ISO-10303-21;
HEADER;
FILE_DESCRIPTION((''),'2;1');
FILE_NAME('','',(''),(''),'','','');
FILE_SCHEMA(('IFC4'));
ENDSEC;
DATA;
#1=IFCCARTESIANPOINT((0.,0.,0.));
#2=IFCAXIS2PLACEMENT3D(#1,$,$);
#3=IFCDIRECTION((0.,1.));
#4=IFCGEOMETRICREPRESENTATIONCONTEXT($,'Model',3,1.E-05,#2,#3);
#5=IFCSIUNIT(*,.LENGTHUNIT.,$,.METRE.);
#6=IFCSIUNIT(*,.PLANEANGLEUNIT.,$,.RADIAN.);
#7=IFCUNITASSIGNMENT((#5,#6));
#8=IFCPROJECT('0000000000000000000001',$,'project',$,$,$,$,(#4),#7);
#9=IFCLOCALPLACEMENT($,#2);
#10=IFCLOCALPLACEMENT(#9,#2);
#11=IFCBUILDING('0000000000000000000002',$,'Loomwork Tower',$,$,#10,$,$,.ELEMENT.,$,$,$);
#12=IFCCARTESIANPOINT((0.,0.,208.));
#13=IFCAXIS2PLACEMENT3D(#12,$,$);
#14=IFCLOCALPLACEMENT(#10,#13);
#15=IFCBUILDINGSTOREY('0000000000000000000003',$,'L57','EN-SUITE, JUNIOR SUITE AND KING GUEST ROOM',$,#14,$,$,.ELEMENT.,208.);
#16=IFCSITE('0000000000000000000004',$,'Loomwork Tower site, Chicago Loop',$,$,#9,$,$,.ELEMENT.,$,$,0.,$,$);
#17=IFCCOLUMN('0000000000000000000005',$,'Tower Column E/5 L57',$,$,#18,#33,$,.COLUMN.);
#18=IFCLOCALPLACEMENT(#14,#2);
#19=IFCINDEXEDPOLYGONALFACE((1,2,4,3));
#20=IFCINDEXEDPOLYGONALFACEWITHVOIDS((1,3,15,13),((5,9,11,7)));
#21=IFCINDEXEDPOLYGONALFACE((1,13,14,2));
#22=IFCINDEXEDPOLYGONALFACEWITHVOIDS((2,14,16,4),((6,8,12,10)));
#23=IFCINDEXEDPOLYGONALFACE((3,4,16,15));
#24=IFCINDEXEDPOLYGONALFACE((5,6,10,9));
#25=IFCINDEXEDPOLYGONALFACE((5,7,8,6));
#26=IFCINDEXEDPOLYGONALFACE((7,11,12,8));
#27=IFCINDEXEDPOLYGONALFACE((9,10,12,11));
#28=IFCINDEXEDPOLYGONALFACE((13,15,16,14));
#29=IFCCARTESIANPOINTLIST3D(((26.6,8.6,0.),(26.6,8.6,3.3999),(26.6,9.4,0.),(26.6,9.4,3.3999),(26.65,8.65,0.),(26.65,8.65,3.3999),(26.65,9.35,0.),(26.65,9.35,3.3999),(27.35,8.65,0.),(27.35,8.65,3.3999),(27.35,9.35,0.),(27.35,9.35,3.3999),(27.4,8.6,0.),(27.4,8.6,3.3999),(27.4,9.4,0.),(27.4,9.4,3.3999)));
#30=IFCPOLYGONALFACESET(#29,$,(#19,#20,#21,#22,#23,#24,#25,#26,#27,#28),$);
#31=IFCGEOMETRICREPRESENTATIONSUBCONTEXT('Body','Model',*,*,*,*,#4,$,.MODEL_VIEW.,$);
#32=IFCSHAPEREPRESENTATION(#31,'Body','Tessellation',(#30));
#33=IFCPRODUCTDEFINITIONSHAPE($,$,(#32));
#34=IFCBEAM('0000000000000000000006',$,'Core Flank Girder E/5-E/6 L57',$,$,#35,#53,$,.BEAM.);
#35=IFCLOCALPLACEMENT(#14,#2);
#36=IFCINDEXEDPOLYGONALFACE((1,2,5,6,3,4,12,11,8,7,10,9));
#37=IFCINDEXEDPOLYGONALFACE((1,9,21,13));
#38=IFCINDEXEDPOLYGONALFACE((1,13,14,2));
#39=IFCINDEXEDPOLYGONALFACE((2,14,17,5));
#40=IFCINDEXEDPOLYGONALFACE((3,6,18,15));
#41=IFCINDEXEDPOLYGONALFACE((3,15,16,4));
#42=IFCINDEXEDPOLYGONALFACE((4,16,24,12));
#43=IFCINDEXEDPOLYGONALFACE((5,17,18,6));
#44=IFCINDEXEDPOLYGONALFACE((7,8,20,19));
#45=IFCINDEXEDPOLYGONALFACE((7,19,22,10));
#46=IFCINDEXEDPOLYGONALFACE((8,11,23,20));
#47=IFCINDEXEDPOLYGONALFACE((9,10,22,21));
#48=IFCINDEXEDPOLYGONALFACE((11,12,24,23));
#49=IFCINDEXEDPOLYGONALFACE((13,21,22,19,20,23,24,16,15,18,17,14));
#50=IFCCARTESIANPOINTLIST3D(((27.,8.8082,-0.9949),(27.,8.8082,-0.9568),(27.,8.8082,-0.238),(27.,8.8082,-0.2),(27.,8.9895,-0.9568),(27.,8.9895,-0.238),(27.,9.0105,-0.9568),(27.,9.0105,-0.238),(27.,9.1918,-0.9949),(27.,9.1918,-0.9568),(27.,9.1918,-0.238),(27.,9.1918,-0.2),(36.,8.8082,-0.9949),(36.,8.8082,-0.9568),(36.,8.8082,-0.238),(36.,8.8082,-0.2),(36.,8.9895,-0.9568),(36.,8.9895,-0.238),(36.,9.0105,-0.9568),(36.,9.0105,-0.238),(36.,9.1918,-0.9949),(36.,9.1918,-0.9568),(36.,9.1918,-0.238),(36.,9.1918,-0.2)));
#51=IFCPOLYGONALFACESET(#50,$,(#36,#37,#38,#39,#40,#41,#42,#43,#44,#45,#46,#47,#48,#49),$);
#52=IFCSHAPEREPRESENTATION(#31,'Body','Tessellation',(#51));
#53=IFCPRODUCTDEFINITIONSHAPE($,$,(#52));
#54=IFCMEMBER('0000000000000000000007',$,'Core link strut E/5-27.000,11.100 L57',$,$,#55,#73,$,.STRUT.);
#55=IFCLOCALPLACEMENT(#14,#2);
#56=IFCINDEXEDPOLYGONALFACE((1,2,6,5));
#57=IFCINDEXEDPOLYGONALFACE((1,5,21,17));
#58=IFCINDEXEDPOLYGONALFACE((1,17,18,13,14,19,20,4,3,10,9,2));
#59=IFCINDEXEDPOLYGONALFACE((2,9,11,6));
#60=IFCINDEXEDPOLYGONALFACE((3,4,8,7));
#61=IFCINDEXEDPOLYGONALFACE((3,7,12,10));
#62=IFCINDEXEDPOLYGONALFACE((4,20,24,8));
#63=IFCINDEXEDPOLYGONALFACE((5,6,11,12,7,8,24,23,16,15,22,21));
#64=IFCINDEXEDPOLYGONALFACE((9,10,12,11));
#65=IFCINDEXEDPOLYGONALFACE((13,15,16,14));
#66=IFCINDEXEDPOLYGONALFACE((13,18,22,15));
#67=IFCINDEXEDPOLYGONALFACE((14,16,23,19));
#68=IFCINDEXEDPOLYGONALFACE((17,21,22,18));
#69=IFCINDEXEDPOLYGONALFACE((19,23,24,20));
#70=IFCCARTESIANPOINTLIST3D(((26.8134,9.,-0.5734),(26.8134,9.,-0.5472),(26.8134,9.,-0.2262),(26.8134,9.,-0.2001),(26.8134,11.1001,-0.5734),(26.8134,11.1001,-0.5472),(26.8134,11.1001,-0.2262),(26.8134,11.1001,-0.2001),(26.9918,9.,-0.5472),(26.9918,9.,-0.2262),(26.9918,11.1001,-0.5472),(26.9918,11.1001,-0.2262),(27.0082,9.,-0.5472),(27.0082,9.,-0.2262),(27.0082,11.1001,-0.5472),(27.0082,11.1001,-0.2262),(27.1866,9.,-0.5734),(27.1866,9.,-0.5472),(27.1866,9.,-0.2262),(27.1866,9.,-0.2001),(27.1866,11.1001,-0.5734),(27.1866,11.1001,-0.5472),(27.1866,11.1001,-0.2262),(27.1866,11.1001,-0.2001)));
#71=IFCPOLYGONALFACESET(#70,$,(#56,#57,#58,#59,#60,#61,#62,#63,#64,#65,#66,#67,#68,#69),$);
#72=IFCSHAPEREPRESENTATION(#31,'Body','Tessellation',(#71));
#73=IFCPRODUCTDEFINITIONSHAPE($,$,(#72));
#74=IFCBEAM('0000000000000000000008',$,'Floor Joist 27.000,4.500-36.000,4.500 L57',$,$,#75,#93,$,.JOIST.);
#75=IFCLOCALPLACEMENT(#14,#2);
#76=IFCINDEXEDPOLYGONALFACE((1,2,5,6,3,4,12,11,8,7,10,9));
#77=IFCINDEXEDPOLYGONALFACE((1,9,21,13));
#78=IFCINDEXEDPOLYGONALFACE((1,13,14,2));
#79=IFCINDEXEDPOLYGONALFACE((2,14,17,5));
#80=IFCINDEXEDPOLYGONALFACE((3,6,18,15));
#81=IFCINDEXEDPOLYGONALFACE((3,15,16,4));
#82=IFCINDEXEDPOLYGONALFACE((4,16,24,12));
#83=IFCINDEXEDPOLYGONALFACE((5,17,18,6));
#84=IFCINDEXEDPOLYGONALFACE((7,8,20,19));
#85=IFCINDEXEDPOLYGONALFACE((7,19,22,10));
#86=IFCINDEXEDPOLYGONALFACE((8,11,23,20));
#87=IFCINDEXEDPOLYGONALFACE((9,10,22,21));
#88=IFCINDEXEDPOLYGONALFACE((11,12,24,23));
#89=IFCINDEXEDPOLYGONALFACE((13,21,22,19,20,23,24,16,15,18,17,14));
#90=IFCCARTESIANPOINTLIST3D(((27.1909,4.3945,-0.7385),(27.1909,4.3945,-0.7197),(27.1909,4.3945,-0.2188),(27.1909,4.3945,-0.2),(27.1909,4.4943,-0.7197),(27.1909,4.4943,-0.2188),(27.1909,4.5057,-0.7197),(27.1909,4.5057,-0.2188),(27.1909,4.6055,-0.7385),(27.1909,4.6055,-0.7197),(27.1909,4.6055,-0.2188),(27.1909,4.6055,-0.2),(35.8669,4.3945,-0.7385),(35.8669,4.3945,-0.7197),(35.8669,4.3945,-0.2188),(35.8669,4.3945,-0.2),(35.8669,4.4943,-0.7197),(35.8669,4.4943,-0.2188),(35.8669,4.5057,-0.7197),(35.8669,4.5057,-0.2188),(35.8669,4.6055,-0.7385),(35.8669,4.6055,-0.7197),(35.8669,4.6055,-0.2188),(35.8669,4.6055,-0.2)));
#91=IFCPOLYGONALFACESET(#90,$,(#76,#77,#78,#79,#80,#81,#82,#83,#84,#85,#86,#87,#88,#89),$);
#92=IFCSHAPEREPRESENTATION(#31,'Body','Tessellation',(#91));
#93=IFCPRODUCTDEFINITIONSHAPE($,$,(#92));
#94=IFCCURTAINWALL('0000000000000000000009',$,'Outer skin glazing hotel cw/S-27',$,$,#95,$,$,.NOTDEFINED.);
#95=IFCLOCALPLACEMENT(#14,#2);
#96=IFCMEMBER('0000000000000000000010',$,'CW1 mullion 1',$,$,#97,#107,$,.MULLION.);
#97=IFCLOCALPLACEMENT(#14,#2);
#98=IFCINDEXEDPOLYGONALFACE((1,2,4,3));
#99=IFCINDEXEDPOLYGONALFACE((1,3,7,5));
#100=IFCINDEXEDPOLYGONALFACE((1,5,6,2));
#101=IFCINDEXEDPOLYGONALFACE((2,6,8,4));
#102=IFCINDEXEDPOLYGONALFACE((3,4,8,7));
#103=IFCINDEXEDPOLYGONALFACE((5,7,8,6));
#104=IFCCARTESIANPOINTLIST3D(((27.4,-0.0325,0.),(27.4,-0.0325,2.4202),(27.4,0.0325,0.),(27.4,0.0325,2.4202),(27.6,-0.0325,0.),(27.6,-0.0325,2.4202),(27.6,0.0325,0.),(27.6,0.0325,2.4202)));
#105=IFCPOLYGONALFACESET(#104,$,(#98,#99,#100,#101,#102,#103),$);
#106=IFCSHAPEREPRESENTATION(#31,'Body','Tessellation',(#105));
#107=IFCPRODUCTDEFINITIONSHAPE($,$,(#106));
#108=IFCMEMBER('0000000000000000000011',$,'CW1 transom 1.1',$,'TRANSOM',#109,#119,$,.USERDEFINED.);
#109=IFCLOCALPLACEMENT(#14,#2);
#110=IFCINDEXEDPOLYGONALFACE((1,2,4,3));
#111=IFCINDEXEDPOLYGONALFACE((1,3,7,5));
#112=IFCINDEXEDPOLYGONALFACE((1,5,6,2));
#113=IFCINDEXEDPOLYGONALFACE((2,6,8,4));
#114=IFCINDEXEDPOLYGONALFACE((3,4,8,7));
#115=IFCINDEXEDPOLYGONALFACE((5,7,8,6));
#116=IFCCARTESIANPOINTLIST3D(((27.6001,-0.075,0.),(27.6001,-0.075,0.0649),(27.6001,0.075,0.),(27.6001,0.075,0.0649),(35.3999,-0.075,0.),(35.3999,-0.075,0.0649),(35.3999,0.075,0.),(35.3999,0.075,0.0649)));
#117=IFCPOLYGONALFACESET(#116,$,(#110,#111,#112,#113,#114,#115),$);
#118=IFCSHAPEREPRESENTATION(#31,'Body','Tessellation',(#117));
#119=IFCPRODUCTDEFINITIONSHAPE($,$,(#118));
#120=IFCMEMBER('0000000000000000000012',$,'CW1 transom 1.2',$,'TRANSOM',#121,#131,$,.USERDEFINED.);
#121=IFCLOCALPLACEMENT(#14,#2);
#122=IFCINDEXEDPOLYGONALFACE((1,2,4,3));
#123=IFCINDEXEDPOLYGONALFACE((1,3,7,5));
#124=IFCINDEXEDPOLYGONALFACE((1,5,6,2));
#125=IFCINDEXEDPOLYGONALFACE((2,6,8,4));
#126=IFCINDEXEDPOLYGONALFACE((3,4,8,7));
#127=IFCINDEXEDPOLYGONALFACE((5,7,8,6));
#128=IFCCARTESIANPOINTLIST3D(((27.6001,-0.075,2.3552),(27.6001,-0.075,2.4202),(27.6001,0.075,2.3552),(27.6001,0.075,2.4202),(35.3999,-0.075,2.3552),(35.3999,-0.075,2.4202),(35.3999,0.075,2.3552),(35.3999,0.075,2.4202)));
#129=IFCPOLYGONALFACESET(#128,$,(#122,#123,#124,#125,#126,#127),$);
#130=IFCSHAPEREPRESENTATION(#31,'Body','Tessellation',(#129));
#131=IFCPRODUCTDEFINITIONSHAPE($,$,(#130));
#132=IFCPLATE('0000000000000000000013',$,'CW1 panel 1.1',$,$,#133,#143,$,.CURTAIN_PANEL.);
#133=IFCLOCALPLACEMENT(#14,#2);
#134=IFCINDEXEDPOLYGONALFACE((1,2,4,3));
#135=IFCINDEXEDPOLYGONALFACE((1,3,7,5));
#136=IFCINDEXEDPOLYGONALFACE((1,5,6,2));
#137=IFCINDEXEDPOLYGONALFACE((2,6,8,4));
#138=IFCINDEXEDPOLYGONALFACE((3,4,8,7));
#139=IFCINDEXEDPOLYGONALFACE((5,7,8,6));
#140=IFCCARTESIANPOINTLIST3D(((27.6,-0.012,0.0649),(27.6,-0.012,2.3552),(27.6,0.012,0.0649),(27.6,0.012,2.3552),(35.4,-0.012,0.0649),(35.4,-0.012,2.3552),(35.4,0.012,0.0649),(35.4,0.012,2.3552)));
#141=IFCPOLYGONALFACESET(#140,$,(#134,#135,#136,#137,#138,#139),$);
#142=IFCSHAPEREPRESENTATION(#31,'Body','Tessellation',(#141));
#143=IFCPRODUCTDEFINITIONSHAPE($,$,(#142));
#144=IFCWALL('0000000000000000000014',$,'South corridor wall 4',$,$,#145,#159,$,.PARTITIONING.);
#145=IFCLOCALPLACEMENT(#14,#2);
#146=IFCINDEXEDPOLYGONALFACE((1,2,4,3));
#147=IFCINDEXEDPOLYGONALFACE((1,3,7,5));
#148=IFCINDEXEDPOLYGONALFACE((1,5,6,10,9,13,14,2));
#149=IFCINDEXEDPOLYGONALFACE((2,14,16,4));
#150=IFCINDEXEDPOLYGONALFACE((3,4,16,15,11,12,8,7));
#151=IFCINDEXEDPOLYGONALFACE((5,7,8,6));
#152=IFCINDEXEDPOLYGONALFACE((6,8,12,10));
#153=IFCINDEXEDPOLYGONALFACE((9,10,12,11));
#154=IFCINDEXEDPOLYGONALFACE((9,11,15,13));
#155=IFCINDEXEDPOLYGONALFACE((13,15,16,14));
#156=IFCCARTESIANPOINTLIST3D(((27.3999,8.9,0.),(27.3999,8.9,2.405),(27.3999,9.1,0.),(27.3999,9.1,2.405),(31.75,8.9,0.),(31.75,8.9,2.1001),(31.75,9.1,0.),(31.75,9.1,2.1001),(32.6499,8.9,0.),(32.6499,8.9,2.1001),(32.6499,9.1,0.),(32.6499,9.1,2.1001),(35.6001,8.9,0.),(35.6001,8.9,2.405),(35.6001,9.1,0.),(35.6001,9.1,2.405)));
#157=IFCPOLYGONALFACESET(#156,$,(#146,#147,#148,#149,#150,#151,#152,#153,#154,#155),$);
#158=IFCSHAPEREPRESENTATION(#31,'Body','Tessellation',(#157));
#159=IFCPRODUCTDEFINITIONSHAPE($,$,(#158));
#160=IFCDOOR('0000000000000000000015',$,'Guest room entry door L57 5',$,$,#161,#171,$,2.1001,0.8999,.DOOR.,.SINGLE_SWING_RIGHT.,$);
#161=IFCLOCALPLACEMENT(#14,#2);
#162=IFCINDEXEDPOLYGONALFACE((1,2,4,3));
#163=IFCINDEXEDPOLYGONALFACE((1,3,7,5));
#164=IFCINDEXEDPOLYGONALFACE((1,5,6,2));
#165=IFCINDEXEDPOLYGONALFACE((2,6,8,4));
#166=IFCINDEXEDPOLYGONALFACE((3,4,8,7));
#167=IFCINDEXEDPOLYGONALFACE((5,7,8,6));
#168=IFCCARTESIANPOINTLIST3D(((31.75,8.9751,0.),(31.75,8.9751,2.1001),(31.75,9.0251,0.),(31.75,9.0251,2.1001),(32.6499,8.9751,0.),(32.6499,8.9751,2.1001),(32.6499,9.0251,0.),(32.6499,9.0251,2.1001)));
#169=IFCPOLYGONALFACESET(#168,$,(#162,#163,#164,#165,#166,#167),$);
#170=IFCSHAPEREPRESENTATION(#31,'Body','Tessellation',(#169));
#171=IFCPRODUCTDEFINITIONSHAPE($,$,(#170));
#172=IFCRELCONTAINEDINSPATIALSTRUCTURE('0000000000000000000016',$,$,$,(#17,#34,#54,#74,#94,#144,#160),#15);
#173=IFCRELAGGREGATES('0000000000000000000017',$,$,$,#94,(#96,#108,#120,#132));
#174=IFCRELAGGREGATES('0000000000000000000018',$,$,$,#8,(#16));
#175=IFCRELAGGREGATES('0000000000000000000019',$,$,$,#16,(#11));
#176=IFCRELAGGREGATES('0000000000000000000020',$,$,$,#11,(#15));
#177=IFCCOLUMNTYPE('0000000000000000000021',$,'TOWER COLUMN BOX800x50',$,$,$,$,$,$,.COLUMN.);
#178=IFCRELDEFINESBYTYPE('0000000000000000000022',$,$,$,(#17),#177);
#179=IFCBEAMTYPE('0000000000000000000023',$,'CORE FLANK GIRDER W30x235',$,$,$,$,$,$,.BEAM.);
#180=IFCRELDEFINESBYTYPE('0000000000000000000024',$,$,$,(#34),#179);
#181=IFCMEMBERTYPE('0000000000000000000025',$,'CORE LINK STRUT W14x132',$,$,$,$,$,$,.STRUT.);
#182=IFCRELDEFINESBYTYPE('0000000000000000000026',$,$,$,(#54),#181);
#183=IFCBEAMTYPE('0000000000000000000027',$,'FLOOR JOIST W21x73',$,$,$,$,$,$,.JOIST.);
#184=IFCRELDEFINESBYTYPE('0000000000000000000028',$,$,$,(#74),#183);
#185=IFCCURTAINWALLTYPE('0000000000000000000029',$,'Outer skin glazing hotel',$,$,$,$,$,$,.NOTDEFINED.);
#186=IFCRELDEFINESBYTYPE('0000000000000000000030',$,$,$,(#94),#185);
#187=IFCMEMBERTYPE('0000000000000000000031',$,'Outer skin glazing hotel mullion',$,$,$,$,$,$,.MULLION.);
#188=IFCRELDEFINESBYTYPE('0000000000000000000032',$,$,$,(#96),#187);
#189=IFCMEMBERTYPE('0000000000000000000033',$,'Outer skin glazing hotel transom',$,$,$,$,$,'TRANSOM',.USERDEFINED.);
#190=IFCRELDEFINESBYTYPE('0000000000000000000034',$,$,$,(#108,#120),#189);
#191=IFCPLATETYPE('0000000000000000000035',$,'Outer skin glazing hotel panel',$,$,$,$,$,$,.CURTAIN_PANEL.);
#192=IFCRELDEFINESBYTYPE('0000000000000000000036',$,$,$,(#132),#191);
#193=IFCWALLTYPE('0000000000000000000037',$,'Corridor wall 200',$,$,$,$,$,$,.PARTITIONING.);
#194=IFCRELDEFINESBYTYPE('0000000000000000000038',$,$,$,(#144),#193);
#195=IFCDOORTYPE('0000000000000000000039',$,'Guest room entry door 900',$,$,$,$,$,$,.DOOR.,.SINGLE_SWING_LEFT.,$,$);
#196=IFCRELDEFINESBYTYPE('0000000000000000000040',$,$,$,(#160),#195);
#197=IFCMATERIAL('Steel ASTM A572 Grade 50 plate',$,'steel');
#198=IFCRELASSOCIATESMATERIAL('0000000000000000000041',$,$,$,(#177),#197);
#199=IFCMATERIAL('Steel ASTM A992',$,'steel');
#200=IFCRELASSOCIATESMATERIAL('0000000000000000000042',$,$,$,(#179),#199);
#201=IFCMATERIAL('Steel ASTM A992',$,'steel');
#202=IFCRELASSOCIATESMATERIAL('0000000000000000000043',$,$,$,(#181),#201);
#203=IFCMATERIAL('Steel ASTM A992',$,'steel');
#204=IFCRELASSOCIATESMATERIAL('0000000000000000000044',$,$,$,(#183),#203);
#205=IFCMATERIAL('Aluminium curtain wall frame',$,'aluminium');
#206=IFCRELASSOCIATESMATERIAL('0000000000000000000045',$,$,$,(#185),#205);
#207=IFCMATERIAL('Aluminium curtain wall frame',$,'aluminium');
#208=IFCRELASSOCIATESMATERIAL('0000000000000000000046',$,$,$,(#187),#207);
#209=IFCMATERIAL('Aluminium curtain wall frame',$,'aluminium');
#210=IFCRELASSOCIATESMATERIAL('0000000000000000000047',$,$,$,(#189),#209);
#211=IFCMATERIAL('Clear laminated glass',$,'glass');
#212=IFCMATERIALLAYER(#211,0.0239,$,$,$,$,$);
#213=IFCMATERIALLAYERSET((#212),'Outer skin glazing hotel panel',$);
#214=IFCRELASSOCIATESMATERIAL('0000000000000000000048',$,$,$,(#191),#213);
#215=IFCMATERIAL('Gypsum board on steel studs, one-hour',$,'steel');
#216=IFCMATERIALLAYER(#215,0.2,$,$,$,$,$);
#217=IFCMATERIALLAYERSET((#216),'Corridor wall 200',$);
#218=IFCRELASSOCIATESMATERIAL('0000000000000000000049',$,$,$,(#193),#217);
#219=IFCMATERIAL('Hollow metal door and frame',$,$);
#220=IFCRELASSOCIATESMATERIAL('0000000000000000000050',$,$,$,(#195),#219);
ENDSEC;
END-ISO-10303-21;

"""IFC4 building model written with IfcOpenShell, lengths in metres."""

from ifc_helpers import new_model, si_unit, direction, frame, frame_2d, origin, origin_2d, place, context, subcontext, project, spatial, rectangle, hollow_rectangle, i_section, extrude, material, layer, layer_set, material_profile, profile_set, type_object, element, fill, aggregate, save


model = new_model("IFC4")

# Units and contexts
model_context = context("Model", 3, precision=1e-05, world=origin(), true_north=direction((0.0, 1.0)))
body_context = subcontext(model_context, "Body", "Model", "MODEL_VIEW")
ifc_project = project(units=[si_unit("LENGTHUNIT", "METRE"), si_unit("PLANEANGLEUNIT", "RADIAN")], contexts=[model_context])

# Site, building, storey
site_placement = place(None, origin())
site = spatial("IfcSite", under=ifc_project, at=site_placement, Name="Loomwork Tower site, Chicago Loop", CompositionType="ELEMENT", RefElevation=0.0)
building_placement = place(site_placement, origin())
building = spatial("IfcBuilding", under=site, at=building_placement, Name="Loomwork Tower", CompositionType="ELEMENT")
storey_placement = place(building_placement, frame((0.0, 0.0, 208.0)))
storey = spatial("IfcBuildingStorey", under=building, at=storey_placement, Name="L57", Description="EN-SUITE, JUNIOR SUITE AND KING GUEST ROOM", CompositionType="ELEMENT", Elevation=208.0)

# Column
ifc_material_1 = material(Name="Steel ASTM A572 Grade 50 plate", Category="steel")
ifc_material_profile_1 = material_profile(ifc_material_1, hollow_rectangle(XDim=0.8, YDim=0.8, WallThickness=0.05, at=origin_2d()), Name="BOX800x50")
ifc_profile_set_1 = profile_set([ifc_material_profile_1], Name="Steel ASTM A572 Grade 50 plate")
column_type = type_object("IfcColumnType", Name="TOWER COLUMN BOX800x50", PredefinedType="COLUMN", material=ifc_profile_set_1)
column_placement = place(storey_placement, frame((27.0, 9.0, 0.0), z_axis=(0.0, 0.0, 1.0), x_axis=(1.0, 0.0, 0.0)))
element("IfcColumn", 1, at=column_placement, inside=storey, type_object=column_type, Name="Tower Column E/5 L57", PredefinedType="COLUMN", context=body_context, shape_type="SweptSolid", body=[
    extrude(hollow_rectangle(XDim=0.8, YDim=0.8, WallThickness=0.05, at=origin_2d()), origin(), (0.0, 0.0, 1.0), 3.3999),
])

# Beam
ifc_material_2 = material(Name="Steel ASTM A992", Category="steel")
ifc_material_profile_2 = material_profile(ifc_material_2, i_section(OverallWidth=0.3835, OverallDepth=0.7949, WebThickness=0.021, FlangeThickness=0.0381, at=origin_2d()), Name="W30x235")
ifc_profile_set_2 = profile_set([ifc_material_profile_2], Name="Steel ASTM A992")
beam_type_1 = type_object("IfcBeamType", Name="CORE FLANK GIRDER W30x235", PredefinedType="BEAM", material=ifc_profile_set_2)
beam_1_placement = place(storey_placement, frame((27.0, 9.0, -0.5974), z_axis=(1.0, 0.0, 0.0), x_axis=(0.0, 1.0, 0.0)))
element("IfcBeam", 2, at=beam_1_placement, inside=storey, type_object=beam_type_1, Name="Core Flank Girder E/5-E/6 L57", PredefinedType="BEAM", context=body_context, shape_type="SweptSolid", body=[
    extrude(i_section(OverallWidth=0.3835, OverallDepth=0.7949, WebThickness=0.021, FlangeThickness=0.0381, at=origin_2d()), origin(), (0.0, 0.0, 1.0), 9.0),
])

# Member
ifc_material_3 = material(Name="Steel ASTM A992", Category="steel")
ifc_material_profile_3 = material_profile(ifc_material_3, i_section(OverallWidth=0.3733, OverallDepth=0.3733, WebThickness=0.0164, FlangeThickness=0.0261, at=origin_2d()), Name="W14x132")
ifc_profile_set_3 = profile_set([ifc_material_profile_3], Name="Steel ASTM A992")
member_type_1 = type_object("IfcMemberType", Name="CORE LINK STRUT W14x132", PredefinedType="STRUT", material=ifc_profile_set_3)
member_1_placement = place(storey_placement, frame((27.0, 9.0, -0.3867), z_axis=(0.0, 1.0, 0.0), x_axis=(-1.0, 0.0, 0.0)))
element("IfcMember", 3, at=member_1_placement, inside=storey, type_object=member_type_1, Name="Core link strut E/5-27.000,11.100 L57", PredefinedType="STRUT", context=body_context, shape_type="SweptSolid", body=[
    extrude(i_section(OverallWidth=0.3733, OverallDepth=0.3733, WebThickness=0.0164, FlangeThickness=0.0261, at=origin_2d()), origin(), (0.0, 0.0, 1.0), 2.1001),
])

# Beam
ifc_material_4 = material(Name="Steel ASTM A992", Category="steel")
ifc_material_profile_4 = material_profile(ifc_material_4, i_section(OverallWidth=0.2109, OverallDepth=0.5386, WebThickness=0.0115, FlangeThickness=0.0188, at=origin_2d()), Name="W21x73")
ifc_profile_set_4 = profile_set([ifc_material_profile_4], Name="Steel ASTM A992")
beam_type_2 = type_object("IfcBeamType", Name="FLOOR JOIST W21x73", PredefinedType="JOIST", material=ifc_profile_set_4)
beam_2_placement = place(storey_placement, frame((27.1909, 4.5, -0.4692), z_axis=(1.0, 0.0, 0.0), x_axis=(0.0, 1.0, 0.0)))
element("IfcBeam", 4, at=beam_2_placement, inside=storey, type_object=beam_type_2, Name="Floor Joist 27.000,4.500-36.000,4.500 L57", PredefinedType="JOIST", context=body_context, shape_type="SweptSolid", body=[
    extrude(i_section(OverallWidth=0.2109, OverallDepth=0.5386, WebThickness=0.0115, FlangeThickness=0.0188, at=origin_2d()), origin(), (0.0, 0.0, 1.0), 8.676),
])

# Curtain wall, members, plate
ifc_material_5 = material(Name="Aluminium curtain wall frame", Category="aluminium")
curtain_wall_type = type_object("IfcCurtainWallType", Name="Outer skin glazing hotel", PredefinedType="NOTDEFINED", material=ifc_material_5)
curtain_wall_placement = place(storey_placement, origin())
curtain_wall = element("IfcCurtainWall", 5, at=curtain_wall_placement, inside=storey, type_object=curtain_wall_type, Name="Outer skin glazing hotel cw/S-27", PredefinedType="NOTDEFINED")
ifc_material_6 = material(Name="Aluminium curtain wall frame", Category="aluminium")
ifc_material_profile_5 = material_profile(ifc_material_6, rectangle(XDim=0.0649, YDim=0.2, at=origin_2d()), Name="AL 65x200")
ifc_profile_set_5 = profile_set([ifc_material_profile_5], Name="Aluminium curtain wall frame")
member_type_2 = type_object("IfcMemberType", Name="Outer skin glazing hotel mullion", PredefinedType="MULLION", material=ifc_profile_set_5)
member_2_placement = place(storey_placement, frame((27.5, 0.0, 0.0), z_axis=(0.0, 0.0, 1.0), x_axis=(0.0, 1.0, 0.0)))
member_2 = element("IfcMember", 6, at=member_2_placement, type_object=member_type_2, Name="CW1 mullion 1", PredefinedType="MULLION", context=body_context, shape_type="SweptSolid", body=[
    extrude(rectangle(XDim=0.0649, YDim=0.2, at=origin_2d()), origin(), (0.0, 0.0, 1.0), 2.4202),
])
ifc_material_7 = material(Name="Aluminium curtain wall frame", Category="aluminium")
ifc_material_profile_6 = material_profile(ifc_material_7, rectangle(XDim=0.1499, YDim=0.0649, at=origin_2d()), Name="AL 65x150")
ifc_profile_set_6 = profile_set([ifc_material_profile_6], Name="Aluminium curtain wall frame")
member_type_3 = type_object("IfcMemberType", Name="Outer skin glazing hotel transom", ElementType="TRANSOM", PredefinedType="USERDEFINED", material=ifc_profile_set_6)
member_3_placement = place(storey_placement, frame((27.6001, 0.0, 0.0325), z_axis=(1.0, 0.0, 0.0), x_axis=(0.0, 1.0, 0.0)))
member_3 = element("IfcMember", 7, at=member_3_placement, type_object=member_type_3, Name="CW1 transom 1.1", ObjectType="TRANSOM", PredefinedType="USERDEFINED", context=body_context, shape_type="SweptSolid", body=[
    extrude(rectangle(XDim=0.1499, YDim=0.0649, at=origin_2d()), origin(), (0.0, 0.0, 1.0), 7.7998),
])
member_4_placement = place(storey_placement, frame((27.6001, 0.0, 2.3877), z_axis=(1.0, 0.0, 0.0), x_axis=(0.0, 1.0, 0.0)))
member_4 = element("IfcMember", 8, at=member_4_placement, type_object=member_type_3, Name="CW1 transom 1.2", ObjectType="TRANSOM", PredefinedType="USERDEFINED", context=body_context, shape_type="SweptSolid", body=[
    extrude(rectangle(XDim=0.1499, YDim=0.0649, at=origin_2d()), origin(), (0.0, 0.0, 1.0), 7.7998),
])
ifc_material_8 = material(Name="Clear laminated glass", Category="glass")
ifc_layer_1 = layer(ifc_material_8, 0.0239)
ifc_layer_set_1 = layer_set([ifc_layer_1], Name="Outer skin glazing hotel panel")
plate_type = type_object("IfcPlateType", Name="Outer skin glazing hotel panel", PredefinedType="CURTAIN_PANEL", material=ifc_layer_set_1)
plate_placement = place(storey_placement, frame((31.5, 0.0, 0.0649), z_axis=(0.0, 0.0, 1.0), x_axis=(1.0, 0.0, 0.0)))
plate = element("IfcPlate", 9, at=plate_placement, type_object=plate_type, Name="CW1 panel 1.1", PredefinedType="CURTAIN_PANEL", context=body_context, shape_type="SweptSolid", body=[
    extrude(rectangle(XDim=7.8, YDim=0.0239, at=origin_2d()), origin(), (0.0, 0.0, 1.0), 2.2903),
])
aggregate(curtain_wall, [member_2, member_3, member_4, plate])

# Wall, opening, door
ifc_material_9 = material(Name="Gypsum board on steel studs, one-hour", Category="steel")
ifc_layer_2 = layer(ifc_material_9, 0.2)
ifc_layer_set_2 = layer_set([ifc_layer_2], Name="Corridor wall 200")
wall_type_1 = type_object("IfcWallType", Name="Corridor wall 200", PredefinedType="PARTITIONING", material=ifc_layer_set_2)
wall_1_placement = place(storey_placement, frame((27.3999, 9.0, 0.0), z_axis=(0.0, 0.0, 1.0), x_axis=(1.0, 0.0, 0.0)))
wall_1 = element("IfcWall", 10, at=wall_1_placement, inside=storey, type_object=wall_type_1, Name="South corridor wall 4", PredefinedType="PARTITIONING", context=body_context, shape_type="SweptSolid", body=[
    extrude(rectangle(XDim=8.2002, YDim=0.2, at=frame_2d((4.1001, 0.0))), origin(), (0.0, 0.0, 1.0), 2.405),
])
opening_1_placement = place(wall_1_placement, frame((4.3501, 0.0, 0.0)))
opening_1 = element("IfcOpeningElement", 11, at=opening_1_placement, cuts=wall_1, PredefinedType="OPENING", context=body_context, shape_type="SweptSolid", body=[
    extrude(rectangle(XDim=0.8999, YDim=2.1001, at=frame_2d((0.45, 1.05))), frame((0.0, 0.1099, 0.0), z_axis=(0.0, -1.0, 0.0), x_axis=(1.0, 0.0, 0.0)), (0.0, 0.0, 1.0), 0.22),
])
ifc_material_10 = material(Name="Hollow metal door and frame")
door_type_1 = type_object("IfcDoorType", Name="Guest room entry door 900", OperationType="SINGLE_SWING_LEFT", PredefinedType="DOOR", material=ifc_material_10)
door_1_placement = place(opening_1_placement, frame((0.8999, 0.0, 0.0), z_axis=(0.0, 0.0, 1.0), x_axis=(-1.0, 0.0, 0.0)))
door_1 = element("IfcDoor", 12, at=door_1_placement, inside=storey, type_object=door_type_1, Name="Guest room entry door L57 5", OperationType="SINGLE_SWING_RIGHT", OverallHeight=2.1001, OverallWidth=0.8999, PredefinedType="DOOR", context=body_context, shape_type="SweptSolid", body=[
    extrude(rectangle(XDim=0.8999, YDim=2.1001, at=frame_2d((0.45, 1.05))), frame((0.0, 0.0249, 0.0), z_axis=(0.0, -1.0, 0.0), x_axis=(1.0, 0.0, 0.0)), (0.0, 0.0, 1.0), 0.05),
])
fill(opening_1, door_1)

save(model, "model.ifc")
